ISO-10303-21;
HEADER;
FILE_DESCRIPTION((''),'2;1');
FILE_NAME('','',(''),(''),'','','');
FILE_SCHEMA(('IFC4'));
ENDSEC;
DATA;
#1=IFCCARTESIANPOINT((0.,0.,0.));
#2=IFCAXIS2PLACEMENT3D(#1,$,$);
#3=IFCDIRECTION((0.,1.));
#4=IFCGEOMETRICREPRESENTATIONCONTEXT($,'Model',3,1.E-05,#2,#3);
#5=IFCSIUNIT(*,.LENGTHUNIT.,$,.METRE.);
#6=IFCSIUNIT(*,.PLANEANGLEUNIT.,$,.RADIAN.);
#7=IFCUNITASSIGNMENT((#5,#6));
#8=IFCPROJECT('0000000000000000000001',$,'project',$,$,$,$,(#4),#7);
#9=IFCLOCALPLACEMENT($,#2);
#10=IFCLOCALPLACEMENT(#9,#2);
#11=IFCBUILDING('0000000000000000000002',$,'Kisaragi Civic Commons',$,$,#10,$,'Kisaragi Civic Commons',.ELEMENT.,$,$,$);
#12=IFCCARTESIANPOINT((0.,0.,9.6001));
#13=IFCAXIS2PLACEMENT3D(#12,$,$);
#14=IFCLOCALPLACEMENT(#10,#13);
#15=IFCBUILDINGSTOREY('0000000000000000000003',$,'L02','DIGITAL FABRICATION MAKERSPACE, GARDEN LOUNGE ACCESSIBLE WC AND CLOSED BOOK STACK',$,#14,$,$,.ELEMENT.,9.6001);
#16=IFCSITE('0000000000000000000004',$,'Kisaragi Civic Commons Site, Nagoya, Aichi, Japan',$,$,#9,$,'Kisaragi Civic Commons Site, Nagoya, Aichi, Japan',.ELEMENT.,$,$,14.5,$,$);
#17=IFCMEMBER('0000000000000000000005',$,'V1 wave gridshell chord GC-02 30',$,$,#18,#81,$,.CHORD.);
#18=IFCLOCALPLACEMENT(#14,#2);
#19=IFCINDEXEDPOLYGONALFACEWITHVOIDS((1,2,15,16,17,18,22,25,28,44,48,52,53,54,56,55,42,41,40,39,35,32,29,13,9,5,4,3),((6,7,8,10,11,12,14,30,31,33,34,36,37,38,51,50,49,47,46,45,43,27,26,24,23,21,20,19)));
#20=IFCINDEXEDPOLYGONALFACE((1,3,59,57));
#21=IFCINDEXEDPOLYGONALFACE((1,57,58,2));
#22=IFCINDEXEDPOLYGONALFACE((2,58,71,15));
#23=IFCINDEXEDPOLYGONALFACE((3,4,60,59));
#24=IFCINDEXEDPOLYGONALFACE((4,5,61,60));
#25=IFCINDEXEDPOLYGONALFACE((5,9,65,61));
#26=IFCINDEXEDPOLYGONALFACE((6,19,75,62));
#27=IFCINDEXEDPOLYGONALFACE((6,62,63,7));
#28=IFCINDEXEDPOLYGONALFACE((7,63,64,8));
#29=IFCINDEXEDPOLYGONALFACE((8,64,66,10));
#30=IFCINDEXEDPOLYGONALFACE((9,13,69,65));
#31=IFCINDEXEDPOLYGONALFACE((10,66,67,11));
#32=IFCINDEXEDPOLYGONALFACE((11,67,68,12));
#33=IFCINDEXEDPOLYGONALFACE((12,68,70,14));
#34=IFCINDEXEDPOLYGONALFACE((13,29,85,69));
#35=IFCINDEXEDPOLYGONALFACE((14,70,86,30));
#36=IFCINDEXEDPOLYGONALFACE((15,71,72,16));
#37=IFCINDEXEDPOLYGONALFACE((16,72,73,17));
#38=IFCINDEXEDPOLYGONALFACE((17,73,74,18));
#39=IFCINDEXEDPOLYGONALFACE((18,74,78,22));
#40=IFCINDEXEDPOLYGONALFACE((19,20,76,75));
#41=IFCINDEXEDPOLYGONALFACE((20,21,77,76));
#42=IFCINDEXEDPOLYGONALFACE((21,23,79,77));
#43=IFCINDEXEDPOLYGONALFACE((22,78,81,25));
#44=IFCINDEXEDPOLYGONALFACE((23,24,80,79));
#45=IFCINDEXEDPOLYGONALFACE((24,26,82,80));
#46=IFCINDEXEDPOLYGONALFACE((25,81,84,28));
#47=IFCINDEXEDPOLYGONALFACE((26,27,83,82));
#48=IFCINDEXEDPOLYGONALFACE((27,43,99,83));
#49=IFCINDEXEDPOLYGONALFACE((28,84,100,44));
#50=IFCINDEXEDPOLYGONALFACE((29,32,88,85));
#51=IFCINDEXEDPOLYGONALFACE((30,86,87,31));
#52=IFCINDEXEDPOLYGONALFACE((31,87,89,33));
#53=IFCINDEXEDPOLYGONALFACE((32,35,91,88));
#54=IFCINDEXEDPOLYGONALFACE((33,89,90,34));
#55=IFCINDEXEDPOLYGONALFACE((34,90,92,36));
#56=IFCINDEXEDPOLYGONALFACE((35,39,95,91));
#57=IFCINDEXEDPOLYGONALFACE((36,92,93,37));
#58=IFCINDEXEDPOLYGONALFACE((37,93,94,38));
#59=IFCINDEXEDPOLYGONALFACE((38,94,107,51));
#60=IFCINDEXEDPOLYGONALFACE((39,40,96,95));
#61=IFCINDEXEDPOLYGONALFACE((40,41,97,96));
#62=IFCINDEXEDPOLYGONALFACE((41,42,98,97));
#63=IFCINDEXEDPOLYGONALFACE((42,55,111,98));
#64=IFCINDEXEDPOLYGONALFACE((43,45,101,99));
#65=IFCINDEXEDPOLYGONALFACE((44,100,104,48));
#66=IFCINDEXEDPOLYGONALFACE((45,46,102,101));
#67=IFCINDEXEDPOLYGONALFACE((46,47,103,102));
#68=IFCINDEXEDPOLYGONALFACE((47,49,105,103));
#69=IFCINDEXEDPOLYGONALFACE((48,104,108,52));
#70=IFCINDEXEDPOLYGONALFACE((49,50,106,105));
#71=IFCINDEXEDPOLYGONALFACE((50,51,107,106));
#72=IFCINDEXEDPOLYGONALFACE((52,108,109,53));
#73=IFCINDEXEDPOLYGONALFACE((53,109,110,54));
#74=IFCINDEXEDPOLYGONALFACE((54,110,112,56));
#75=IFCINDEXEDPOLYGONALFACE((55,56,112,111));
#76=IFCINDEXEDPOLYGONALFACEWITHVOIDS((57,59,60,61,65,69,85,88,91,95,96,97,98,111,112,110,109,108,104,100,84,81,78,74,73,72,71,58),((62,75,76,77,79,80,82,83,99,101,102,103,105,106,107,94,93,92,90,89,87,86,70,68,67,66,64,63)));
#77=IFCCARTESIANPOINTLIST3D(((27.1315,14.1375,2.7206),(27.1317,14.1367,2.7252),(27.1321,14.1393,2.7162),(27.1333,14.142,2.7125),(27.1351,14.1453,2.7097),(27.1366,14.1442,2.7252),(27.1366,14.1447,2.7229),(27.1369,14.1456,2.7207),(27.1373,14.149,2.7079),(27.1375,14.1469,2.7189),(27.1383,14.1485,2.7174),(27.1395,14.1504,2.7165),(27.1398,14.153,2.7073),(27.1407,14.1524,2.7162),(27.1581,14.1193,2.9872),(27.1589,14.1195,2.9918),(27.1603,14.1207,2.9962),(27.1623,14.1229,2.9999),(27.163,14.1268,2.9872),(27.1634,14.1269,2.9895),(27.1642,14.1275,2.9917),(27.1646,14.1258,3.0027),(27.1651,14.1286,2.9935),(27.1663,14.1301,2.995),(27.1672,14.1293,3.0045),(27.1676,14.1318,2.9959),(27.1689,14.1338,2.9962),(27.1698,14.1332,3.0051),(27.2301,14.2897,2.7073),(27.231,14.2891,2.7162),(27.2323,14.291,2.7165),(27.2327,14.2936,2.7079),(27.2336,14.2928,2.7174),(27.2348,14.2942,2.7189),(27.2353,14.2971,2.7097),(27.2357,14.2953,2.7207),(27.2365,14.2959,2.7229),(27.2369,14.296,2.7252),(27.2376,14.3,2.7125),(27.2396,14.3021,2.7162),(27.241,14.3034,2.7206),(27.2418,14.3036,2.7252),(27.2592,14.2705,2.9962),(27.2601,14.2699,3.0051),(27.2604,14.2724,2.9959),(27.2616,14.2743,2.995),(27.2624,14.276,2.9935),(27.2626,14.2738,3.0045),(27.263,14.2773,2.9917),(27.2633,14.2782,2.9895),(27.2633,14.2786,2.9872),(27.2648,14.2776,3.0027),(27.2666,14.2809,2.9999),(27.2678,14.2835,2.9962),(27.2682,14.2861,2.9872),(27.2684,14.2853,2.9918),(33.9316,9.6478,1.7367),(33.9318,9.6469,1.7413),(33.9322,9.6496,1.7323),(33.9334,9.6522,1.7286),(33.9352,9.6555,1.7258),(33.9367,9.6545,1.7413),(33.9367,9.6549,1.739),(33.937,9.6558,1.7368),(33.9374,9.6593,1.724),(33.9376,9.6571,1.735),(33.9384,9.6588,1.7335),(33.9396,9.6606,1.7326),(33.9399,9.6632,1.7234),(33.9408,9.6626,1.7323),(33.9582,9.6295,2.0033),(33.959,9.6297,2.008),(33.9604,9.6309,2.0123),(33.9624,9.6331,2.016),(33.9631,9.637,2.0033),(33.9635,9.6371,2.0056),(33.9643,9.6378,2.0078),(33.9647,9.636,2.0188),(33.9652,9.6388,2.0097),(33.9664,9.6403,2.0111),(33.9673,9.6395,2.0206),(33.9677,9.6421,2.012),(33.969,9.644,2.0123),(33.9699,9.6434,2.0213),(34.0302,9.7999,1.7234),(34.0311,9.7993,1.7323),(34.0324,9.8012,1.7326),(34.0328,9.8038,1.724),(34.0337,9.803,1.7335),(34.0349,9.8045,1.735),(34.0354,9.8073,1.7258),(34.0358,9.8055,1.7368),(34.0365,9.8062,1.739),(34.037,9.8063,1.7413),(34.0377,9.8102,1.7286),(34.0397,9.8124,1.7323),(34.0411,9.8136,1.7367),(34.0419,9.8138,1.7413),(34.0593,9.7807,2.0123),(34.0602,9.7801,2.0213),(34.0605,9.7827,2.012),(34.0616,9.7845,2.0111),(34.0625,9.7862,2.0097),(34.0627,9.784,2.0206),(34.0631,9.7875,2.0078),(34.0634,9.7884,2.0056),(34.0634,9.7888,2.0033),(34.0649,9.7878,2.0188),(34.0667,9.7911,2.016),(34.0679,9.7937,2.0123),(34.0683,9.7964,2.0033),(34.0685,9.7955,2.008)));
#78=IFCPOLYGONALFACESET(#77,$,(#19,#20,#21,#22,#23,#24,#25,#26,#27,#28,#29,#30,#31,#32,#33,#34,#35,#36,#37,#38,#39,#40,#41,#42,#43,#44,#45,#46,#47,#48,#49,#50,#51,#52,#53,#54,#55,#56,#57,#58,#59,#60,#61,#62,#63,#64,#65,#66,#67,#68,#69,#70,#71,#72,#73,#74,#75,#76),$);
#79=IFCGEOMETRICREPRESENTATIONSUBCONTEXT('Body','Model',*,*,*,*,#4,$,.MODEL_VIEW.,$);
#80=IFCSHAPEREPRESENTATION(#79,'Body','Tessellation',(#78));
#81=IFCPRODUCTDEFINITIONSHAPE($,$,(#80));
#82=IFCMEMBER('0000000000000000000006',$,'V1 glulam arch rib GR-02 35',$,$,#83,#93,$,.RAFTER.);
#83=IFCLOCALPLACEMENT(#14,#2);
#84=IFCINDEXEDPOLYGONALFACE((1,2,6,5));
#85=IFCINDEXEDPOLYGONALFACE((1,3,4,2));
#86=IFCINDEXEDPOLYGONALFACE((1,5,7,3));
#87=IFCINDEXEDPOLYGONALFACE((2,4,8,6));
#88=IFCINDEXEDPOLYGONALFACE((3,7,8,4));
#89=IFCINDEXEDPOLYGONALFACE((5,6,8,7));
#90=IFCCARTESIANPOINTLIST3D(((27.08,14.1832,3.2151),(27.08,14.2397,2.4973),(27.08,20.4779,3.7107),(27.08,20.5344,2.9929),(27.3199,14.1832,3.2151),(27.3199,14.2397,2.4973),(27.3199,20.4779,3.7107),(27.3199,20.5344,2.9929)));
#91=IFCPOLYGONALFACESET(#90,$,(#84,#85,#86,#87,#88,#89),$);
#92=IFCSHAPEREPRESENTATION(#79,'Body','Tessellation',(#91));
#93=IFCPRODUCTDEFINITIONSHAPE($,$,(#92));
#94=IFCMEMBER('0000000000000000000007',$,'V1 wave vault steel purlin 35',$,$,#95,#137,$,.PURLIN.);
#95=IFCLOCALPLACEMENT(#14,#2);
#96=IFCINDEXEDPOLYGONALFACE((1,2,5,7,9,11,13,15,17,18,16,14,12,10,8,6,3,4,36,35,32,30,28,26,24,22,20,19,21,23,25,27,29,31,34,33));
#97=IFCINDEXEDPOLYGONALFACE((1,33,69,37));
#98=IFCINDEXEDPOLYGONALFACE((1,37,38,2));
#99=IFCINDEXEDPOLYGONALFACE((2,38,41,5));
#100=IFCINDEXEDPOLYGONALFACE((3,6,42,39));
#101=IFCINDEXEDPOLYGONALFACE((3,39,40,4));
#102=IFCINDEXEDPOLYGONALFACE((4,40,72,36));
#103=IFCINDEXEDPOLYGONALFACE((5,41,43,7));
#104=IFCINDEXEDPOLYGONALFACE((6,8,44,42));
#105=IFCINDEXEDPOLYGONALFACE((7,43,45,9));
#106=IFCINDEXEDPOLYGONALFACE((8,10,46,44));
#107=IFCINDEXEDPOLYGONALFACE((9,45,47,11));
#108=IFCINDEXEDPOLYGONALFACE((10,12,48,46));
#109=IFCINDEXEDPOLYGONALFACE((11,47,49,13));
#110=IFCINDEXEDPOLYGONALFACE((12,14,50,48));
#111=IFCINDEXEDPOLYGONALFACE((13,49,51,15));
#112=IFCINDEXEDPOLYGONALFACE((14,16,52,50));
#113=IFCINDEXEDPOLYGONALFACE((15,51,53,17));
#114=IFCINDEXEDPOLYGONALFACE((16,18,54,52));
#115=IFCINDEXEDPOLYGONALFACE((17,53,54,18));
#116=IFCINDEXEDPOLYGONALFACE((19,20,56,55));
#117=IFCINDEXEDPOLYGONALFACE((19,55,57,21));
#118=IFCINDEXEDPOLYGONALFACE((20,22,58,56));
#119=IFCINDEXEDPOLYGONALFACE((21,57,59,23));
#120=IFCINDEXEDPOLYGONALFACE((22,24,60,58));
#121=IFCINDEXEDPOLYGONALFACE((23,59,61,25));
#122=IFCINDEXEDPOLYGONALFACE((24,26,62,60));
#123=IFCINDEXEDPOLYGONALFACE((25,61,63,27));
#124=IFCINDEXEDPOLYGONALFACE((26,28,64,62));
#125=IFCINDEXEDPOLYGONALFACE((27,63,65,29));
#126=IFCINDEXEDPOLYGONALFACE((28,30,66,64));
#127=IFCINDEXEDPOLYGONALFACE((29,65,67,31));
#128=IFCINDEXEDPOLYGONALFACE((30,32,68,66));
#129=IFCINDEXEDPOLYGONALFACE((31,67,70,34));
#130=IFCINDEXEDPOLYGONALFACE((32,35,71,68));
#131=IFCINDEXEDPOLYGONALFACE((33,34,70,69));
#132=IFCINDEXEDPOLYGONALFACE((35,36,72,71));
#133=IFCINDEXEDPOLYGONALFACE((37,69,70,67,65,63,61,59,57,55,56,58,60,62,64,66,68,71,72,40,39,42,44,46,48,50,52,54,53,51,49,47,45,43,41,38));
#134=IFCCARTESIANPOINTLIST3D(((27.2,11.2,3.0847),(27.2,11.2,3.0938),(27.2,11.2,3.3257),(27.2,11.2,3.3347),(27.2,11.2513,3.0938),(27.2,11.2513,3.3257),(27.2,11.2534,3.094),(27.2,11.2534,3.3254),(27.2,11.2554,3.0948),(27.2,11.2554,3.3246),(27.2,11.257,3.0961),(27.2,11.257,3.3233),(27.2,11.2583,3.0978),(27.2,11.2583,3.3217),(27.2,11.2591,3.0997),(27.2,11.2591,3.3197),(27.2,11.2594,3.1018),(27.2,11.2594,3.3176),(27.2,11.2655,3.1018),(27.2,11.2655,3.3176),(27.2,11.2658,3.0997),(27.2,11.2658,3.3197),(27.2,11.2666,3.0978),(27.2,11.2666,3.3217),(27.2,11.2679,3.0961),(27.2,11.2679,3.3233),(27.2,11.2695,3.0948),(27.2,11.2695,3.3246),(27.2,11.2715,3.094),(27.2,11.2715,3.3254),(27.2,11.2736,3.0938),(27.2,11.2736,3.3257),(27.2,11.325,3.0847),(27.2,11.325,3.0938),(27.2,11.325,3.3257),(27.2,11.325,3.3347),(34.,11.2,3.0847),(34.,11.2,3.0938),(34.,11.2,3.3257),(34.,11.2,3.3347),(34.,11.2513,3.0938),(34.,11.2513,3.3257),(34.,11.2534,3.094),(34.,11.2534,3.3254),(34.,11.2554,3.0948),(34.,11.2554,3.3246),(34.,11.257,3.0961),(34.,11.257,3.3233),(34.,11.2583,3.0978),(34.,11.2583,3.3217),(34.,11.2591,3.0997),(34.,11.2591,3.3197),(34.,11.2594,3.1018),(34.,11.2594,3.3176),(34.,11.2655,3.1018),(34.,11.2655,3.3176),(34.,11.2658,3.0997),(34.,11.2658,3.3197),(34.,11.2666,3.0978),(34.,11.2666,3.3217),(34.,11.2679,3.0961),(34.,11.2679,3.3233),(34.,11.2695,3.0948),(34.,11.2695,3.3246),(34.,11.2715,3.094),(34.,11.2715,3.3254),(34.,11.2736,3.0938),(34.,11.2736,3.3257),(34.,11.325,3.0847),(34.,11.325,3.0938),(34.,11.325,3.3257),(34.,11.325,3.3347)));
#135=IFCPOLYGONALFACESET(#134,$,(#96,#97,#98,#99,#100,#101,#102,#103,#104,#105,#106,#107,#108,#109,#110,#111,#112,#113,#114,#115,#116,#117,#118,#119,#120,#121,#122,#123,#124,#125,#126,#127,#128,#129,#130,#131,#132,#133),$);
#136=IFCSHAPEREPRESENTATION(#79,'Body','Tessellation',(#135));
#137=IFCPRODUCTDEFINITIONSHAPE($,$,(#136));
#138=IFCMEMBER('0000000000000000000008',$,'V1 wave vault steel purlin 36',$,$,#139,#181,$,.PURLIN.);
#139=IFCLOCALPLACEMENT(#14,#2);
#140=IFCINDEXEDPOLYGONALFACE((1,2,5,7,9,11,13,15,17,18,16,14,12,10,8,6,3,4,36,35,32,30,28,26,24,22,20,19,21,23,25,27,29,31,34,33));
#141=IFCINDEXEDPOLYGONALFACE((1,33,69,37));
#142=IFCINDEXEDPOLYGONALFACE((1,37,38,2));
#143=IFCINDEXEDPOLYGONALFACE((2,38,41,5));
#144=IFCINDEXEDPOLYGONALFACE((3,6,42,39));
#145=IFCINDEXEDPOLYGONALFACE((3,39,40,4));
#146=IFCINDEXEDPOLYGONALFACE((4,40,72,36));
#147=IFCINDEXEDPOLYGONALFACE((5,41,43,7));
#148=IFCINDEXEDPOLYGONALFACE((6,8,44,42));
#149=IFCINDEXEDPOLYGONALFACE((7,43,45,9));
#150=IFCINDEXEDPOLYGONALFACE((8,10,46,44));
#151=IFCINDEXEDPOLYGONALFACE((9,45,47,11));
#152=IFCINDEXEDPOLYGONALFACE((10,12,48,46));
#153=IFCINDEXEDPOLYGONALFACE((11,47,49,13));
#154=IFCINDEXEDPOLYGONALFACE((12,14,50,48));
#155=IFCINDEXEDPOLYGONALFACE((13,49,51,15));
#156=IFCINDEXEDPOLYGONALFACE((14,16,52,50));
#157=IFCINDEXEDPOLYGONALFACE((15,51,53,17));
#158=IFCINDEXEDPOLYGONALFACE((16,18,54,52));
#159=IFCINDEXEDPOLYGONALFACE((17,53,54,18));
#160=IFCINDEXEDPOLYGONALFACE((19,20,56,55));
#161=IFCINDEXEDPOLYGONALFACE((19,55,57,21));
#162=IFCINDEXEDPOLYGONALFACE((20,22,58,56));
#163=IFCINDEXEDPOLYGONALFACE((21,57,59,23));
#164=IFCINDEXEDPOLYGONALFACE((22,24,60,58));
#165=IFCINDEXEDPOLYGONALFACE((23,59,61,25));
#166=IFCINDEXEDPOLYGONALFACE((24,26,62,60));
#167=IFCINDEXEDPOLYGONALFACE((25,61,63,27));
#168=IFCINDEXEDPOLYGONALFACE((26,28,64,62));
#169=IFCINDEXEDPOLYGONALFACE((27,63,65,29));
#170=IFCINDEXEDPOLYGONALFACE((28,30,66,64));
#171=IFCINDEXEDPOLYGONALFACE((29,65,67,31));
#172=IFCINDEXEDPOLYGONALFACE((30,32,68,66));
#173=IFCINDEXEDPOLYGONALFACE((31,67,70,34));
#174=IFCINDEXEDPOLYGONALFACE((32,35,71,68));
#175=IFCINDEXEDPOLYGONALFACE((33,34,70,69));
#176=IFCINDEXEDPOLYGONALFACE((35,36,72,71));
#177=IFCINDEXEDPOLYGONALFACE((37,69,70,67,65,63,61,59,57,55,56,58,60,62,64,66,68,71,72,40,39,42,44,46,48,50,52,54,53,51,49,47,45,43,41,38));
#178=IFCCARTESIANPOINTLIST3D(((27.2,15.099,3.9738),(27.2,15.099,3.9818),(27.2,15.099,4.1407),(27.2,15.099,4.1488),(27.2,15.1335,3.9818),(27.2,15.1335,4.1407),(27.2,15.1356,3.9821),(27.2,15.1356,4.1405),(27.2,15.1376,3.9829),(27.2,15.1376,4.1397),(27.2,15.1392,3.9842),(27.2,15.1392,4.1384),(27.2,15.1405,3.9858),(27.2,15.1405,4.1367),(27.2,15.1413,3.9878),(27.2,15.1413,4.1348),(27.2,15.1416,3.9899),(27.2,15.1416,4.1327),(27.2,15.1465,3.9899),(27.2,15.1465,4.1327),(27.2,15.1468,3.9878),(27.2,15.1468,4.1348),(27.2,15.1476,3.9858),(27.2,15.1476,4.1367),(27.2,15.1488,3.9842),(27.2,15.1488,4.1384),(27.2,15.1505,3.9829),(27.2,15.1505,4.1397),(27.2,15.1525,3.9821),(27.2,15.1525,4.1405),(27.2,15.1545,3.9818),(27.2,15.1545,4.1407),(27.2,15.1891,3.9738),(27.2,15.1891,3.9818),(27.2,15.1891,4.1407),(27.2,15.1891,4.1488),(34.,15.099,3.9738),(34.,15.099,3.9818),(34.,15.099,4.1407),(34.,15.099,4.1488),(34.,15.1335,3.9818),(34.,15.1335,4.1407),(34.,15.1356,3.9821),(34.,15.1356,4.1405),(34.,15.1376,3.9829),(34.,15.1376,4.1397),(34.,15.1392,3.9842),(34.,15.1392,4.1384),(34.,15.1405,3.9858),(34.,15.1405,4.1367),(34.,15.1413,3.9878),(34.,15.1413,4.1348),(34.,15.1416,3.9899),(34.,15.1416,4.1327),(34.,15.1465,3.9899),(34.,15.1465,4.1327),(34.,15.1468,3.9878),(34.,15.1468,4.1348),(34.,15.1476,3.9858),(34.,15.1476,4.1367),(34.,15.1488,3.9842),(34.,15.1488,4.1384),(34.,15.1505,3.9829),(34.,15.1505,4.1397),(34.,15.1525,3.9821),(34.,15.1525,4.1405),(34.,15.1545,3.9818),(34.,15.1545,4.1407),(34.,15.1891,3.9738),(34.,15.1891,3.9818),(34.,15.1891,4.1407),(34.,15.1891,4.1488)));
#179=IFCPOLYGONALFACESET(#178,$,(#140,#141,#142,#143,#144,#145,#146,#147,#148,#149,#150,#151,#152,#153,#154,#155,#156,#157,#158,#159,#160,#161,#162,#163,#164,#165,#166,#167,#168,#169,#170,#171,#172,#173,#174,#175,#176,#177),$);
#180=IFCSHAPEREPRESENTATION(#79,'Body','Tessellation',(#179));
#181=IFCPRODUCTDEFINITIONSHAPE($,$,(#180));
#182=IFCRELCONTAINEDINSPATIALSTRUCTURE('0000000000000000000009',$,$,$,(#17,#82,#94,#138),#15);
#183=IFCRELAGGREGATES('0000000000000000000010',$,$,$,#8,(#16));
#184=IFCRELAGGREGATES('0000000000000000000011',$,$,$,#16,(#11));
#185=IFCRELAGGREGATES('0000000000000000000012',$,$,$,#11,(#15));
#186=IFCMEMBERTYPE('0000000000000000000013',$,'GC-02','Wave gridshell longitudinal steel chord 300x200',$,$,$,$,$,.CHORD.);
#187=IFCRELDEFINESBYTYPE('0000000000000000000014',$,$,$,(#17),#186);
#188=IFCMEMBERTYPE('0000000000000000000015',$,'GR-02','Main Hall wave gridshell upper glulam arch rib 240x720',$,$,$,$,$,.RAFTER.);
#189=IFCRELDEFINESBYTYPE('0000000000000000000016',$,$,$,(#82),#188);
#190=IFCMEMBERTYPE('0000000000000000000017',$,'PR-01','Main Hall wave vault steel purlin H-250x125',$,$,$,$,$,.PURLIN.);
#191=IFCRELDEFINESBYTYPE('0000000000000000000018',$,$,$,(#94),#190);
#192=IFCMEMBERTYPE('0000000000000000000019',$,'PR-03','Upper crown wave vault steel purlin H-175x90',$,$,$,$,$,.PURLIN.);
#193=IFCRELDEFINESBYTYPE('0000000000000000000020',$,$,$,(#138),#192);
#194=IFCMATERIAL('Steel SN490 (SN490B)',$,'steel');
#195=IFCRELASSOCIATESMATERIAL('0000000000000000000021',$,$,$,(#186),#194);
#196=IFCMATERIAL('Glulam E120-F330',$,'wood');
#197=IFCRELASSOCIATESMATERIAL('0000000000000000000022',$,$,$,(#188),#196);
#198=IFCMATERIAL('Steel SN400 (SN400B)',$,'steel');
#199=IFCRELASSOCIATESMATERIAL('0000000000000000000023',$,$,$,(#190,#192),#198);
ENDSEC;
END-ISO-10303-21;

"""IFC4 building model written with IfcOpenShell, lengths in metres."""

from ifc_helpers import new_model, si_unit, direction, frame, origin, origin_2d, place, context, subcontext, project, spatial, rectangle, hollow_rectangle, i_section, extrude, material, material_profile, profile_set, type_object, element, save


model = new_model("IFC4")

# Units and contexts
model_context = context("Model", 3, precision=1e-05, world=origin(), true_north=direction((0.0, 1.0)))
body_context = subcontext(model_context, "Body", "Model", "MODEL_VIEW")
ifc_project = project(units=[si_unit("LENGTHUNIT", "METRE"), si_unit("PLANEANGLEUNIT", "RADIAN")], contexts=[model_context])

# Site, building, storey
site_placement = place(None, origin())
site = spatial("IfcSite", under=ifc_project, at=site_placement, Name="Kisaragi Civic Commons Site, Nagoya, Aichi, Japan", LongName="Kisaragi Civic Commons Site, Nagoya, Aichi, Japan", CompositionType="ELEMENT", RefElevation=14.5)
building_placement = place(site_placement, origin())
building = spatial("IfcBuilding", under=site, at=building_placement, Name="Kisaragi Civic Commons", LongName="Kisaragi Civic Commons", CompositionType="ELEMENT")
storey_placement = place(building_placement, frame((0.0, 0.0, 9.6001)))
storey = spatial("IfcBuildingStorey", under=building, at=storey_placement, Name="L02", Description="DIGITAL FABRICATION MAKERSPACE, GARDEN LOUNGE ACCESSIBLE WC AND CLOSED BOOK STACK", CompositionType="ELEMENT", Elevation=9.6001)

# Shared definitions
ifc_material_1 = material(Name="Steel SN400 (SN400B)", Category="steel")

# Members
ifc_material_2 = material(Name="Steel SN490 (SN490B)", Category="steel")
ifc_material_profile_1 = material_profile(ifc_material_2, hollow_rectangle(XDim=0.2, YDim=0.3, WallThickness=0.009, InnerFilletRadius=0.009, OuterFilletRadius=0.0181, at=origin_2d()), Name="STKR-300x200x9", Category="steel")
ifc_profile_set_1 = profile_set([ifc_material_profile_1], Name="Steel SN490 (SN490B)")
member_type_1 = type_object("IfcMemberType", Name="GC-02", Description="Wave gridshell longitudinal steel chord 300x200", PredefinedType="CHORD", material=ifc_profile_set_1)
member_1_placement = place(storey_placement, frame((27.2, 14.2114, 2.8562), z_axis=(0.828495, -0.547016, -0.119873), x_axis=(0.550989, 0.834513, 0.0)))
element("IfcMember", 1, at=member_1_placement, inside=storey, type_object=member_type_1, Name="V1 wave gridshell chord GC-02 30", PredefinedType="CHORD", context=body_context, shape_type="SweptSolid", body=[
    extrude(hollow_rectangle(XDim=0.2, YDim=0.3, WallThickness=0.009, InnerFilletRadius=0.009, OuterFilletRadius=0.0181, at=origin_2d()), origin(), (0.0, 0.0, 1.0), 8.2078),
])
ifc_material_3 = material(Name="Glulam E120-F330", Category="wood")
ifc_material_profile_2 = material_profile(ifc_material_3, rectangle(XDim=0.24, YDim=0.72, at=origin_2d()), Name="GL-240x720", Category="wood")
ifc_profile_set_2 = profile_set([ifc_material_profile_2], Name="Glulam E120-F330")
member_type_2 = type_object("IfcMemberType", Name="GR-02", Description="Main Hall wave gridshell upper glulam arch rib 240x720", PredefinedType="RAFTER", material=ifc_profile_set_2)
member_2_placement = place(storey_placement, frame((27.2, 14.2114, 2.8562), z_axis=(0.0, 0.996915, 0.078491), x_axis=(-1.0, 0.0, 0.0)))
element("IfcMember", 2, at=member_2_placement, inside=storey, type_object=member_type_2, Name="V1 glulam arch rib GR-02 35", PredefinedType="RAFTER", context=body_context, shape_type="SweptSolid", body=[
    extrude(rectangle(XDim=0.24, YDim=0.72, at=origin_2d()), origin(), (0.0, 0.0, 1.0), 6.3142),
])
ifc_material_profile_3 = material_profile(ifc_material_1, i_section(OverallWidth=0.125, OverallDepth=0.25, WebThickness=0.0061, FlangeThickness=0.009, FilletRadius=0.0081, at=origin_2d()), Name="H-250x125x6x9", Category="steel")
ifc_profile_set_3 = profile_set([ifc_material_profile_3], Name="Steel SN400 (SN400B)")
member_type_3 = type_object("IfcMemberType", Name="PR-01", Description="Main Hall wave vault steel purlin H-250x125", PredefinedType="PURLIN", material=ifc_profile_set_3)
member_3_placement = place(storey_placement, frame((27.2, 11.2625, 3.2097), z_axis=(1.0, 0.0, 0.0), x_axis=(0.0, 1.0, 0.0)))
element("IfcMember", 3, at=member_3_placement, inside=storey, type_object=member_type_3, Name="V1 wave vault steel purlin 35", PredefinedType="PURLIN", context=body_context, shape_type="SweptSolid", body=[
    extrude(i_section(OverallWidth=0.125, OverallDepth=0.25, WebThickness=0.0061, FlangeThickness=0.009, FilletRadius=0.0081, at=origin_2d()), origin(), (0.0, 0.0, 1.0), 6.8),
])
ifc_material_profile_4 = material_profile(ifc_material_1, i_section(OverallWidth=0.0901, OverallDepth=0.175, WebThickness=0.0049, FlangeThickness=0.0081, FilletRadius=0.0081, at=origin_2d()), Name="H-175x90x5x8", Category="steel")
ifc_profile_set_4 = profile_set([ifc_material_profile_4], Name="Steel SN400 (SN400B)")
member_type_4 = type_object("IfcMemberType", Name="PR-03", Description="Upper crown wave vault steel purlin H-175x90", PredefinedType="PURLIN", material=ifc_profile_set_4)
member_4_placement = place(storey_placement, frame((27.2, 15.144, 4.0613), z_axis=(1.0, 0.0, 0.0), x_axis=(0.0, 1.0, 0.0)))
element("IfcMember", 4, at=member_4_placement, inside=storey, type_object=member_type_4, Name="V1 wave vault steel purlin 36", PredefinedType="PURLIN", context=body_context, shape_type="SweptSolid", body=[
    extrude(i_section(OverallWidth=0.0901, OverallDepth=0.175, WebThickness=0.0049, FlangeThickness=0.0081, FilletRadius=0.0081, at=origin_2d()), origin(), (0.0, 0.0, 1.0), 6.8),
])

save(model, "model.ifc")
